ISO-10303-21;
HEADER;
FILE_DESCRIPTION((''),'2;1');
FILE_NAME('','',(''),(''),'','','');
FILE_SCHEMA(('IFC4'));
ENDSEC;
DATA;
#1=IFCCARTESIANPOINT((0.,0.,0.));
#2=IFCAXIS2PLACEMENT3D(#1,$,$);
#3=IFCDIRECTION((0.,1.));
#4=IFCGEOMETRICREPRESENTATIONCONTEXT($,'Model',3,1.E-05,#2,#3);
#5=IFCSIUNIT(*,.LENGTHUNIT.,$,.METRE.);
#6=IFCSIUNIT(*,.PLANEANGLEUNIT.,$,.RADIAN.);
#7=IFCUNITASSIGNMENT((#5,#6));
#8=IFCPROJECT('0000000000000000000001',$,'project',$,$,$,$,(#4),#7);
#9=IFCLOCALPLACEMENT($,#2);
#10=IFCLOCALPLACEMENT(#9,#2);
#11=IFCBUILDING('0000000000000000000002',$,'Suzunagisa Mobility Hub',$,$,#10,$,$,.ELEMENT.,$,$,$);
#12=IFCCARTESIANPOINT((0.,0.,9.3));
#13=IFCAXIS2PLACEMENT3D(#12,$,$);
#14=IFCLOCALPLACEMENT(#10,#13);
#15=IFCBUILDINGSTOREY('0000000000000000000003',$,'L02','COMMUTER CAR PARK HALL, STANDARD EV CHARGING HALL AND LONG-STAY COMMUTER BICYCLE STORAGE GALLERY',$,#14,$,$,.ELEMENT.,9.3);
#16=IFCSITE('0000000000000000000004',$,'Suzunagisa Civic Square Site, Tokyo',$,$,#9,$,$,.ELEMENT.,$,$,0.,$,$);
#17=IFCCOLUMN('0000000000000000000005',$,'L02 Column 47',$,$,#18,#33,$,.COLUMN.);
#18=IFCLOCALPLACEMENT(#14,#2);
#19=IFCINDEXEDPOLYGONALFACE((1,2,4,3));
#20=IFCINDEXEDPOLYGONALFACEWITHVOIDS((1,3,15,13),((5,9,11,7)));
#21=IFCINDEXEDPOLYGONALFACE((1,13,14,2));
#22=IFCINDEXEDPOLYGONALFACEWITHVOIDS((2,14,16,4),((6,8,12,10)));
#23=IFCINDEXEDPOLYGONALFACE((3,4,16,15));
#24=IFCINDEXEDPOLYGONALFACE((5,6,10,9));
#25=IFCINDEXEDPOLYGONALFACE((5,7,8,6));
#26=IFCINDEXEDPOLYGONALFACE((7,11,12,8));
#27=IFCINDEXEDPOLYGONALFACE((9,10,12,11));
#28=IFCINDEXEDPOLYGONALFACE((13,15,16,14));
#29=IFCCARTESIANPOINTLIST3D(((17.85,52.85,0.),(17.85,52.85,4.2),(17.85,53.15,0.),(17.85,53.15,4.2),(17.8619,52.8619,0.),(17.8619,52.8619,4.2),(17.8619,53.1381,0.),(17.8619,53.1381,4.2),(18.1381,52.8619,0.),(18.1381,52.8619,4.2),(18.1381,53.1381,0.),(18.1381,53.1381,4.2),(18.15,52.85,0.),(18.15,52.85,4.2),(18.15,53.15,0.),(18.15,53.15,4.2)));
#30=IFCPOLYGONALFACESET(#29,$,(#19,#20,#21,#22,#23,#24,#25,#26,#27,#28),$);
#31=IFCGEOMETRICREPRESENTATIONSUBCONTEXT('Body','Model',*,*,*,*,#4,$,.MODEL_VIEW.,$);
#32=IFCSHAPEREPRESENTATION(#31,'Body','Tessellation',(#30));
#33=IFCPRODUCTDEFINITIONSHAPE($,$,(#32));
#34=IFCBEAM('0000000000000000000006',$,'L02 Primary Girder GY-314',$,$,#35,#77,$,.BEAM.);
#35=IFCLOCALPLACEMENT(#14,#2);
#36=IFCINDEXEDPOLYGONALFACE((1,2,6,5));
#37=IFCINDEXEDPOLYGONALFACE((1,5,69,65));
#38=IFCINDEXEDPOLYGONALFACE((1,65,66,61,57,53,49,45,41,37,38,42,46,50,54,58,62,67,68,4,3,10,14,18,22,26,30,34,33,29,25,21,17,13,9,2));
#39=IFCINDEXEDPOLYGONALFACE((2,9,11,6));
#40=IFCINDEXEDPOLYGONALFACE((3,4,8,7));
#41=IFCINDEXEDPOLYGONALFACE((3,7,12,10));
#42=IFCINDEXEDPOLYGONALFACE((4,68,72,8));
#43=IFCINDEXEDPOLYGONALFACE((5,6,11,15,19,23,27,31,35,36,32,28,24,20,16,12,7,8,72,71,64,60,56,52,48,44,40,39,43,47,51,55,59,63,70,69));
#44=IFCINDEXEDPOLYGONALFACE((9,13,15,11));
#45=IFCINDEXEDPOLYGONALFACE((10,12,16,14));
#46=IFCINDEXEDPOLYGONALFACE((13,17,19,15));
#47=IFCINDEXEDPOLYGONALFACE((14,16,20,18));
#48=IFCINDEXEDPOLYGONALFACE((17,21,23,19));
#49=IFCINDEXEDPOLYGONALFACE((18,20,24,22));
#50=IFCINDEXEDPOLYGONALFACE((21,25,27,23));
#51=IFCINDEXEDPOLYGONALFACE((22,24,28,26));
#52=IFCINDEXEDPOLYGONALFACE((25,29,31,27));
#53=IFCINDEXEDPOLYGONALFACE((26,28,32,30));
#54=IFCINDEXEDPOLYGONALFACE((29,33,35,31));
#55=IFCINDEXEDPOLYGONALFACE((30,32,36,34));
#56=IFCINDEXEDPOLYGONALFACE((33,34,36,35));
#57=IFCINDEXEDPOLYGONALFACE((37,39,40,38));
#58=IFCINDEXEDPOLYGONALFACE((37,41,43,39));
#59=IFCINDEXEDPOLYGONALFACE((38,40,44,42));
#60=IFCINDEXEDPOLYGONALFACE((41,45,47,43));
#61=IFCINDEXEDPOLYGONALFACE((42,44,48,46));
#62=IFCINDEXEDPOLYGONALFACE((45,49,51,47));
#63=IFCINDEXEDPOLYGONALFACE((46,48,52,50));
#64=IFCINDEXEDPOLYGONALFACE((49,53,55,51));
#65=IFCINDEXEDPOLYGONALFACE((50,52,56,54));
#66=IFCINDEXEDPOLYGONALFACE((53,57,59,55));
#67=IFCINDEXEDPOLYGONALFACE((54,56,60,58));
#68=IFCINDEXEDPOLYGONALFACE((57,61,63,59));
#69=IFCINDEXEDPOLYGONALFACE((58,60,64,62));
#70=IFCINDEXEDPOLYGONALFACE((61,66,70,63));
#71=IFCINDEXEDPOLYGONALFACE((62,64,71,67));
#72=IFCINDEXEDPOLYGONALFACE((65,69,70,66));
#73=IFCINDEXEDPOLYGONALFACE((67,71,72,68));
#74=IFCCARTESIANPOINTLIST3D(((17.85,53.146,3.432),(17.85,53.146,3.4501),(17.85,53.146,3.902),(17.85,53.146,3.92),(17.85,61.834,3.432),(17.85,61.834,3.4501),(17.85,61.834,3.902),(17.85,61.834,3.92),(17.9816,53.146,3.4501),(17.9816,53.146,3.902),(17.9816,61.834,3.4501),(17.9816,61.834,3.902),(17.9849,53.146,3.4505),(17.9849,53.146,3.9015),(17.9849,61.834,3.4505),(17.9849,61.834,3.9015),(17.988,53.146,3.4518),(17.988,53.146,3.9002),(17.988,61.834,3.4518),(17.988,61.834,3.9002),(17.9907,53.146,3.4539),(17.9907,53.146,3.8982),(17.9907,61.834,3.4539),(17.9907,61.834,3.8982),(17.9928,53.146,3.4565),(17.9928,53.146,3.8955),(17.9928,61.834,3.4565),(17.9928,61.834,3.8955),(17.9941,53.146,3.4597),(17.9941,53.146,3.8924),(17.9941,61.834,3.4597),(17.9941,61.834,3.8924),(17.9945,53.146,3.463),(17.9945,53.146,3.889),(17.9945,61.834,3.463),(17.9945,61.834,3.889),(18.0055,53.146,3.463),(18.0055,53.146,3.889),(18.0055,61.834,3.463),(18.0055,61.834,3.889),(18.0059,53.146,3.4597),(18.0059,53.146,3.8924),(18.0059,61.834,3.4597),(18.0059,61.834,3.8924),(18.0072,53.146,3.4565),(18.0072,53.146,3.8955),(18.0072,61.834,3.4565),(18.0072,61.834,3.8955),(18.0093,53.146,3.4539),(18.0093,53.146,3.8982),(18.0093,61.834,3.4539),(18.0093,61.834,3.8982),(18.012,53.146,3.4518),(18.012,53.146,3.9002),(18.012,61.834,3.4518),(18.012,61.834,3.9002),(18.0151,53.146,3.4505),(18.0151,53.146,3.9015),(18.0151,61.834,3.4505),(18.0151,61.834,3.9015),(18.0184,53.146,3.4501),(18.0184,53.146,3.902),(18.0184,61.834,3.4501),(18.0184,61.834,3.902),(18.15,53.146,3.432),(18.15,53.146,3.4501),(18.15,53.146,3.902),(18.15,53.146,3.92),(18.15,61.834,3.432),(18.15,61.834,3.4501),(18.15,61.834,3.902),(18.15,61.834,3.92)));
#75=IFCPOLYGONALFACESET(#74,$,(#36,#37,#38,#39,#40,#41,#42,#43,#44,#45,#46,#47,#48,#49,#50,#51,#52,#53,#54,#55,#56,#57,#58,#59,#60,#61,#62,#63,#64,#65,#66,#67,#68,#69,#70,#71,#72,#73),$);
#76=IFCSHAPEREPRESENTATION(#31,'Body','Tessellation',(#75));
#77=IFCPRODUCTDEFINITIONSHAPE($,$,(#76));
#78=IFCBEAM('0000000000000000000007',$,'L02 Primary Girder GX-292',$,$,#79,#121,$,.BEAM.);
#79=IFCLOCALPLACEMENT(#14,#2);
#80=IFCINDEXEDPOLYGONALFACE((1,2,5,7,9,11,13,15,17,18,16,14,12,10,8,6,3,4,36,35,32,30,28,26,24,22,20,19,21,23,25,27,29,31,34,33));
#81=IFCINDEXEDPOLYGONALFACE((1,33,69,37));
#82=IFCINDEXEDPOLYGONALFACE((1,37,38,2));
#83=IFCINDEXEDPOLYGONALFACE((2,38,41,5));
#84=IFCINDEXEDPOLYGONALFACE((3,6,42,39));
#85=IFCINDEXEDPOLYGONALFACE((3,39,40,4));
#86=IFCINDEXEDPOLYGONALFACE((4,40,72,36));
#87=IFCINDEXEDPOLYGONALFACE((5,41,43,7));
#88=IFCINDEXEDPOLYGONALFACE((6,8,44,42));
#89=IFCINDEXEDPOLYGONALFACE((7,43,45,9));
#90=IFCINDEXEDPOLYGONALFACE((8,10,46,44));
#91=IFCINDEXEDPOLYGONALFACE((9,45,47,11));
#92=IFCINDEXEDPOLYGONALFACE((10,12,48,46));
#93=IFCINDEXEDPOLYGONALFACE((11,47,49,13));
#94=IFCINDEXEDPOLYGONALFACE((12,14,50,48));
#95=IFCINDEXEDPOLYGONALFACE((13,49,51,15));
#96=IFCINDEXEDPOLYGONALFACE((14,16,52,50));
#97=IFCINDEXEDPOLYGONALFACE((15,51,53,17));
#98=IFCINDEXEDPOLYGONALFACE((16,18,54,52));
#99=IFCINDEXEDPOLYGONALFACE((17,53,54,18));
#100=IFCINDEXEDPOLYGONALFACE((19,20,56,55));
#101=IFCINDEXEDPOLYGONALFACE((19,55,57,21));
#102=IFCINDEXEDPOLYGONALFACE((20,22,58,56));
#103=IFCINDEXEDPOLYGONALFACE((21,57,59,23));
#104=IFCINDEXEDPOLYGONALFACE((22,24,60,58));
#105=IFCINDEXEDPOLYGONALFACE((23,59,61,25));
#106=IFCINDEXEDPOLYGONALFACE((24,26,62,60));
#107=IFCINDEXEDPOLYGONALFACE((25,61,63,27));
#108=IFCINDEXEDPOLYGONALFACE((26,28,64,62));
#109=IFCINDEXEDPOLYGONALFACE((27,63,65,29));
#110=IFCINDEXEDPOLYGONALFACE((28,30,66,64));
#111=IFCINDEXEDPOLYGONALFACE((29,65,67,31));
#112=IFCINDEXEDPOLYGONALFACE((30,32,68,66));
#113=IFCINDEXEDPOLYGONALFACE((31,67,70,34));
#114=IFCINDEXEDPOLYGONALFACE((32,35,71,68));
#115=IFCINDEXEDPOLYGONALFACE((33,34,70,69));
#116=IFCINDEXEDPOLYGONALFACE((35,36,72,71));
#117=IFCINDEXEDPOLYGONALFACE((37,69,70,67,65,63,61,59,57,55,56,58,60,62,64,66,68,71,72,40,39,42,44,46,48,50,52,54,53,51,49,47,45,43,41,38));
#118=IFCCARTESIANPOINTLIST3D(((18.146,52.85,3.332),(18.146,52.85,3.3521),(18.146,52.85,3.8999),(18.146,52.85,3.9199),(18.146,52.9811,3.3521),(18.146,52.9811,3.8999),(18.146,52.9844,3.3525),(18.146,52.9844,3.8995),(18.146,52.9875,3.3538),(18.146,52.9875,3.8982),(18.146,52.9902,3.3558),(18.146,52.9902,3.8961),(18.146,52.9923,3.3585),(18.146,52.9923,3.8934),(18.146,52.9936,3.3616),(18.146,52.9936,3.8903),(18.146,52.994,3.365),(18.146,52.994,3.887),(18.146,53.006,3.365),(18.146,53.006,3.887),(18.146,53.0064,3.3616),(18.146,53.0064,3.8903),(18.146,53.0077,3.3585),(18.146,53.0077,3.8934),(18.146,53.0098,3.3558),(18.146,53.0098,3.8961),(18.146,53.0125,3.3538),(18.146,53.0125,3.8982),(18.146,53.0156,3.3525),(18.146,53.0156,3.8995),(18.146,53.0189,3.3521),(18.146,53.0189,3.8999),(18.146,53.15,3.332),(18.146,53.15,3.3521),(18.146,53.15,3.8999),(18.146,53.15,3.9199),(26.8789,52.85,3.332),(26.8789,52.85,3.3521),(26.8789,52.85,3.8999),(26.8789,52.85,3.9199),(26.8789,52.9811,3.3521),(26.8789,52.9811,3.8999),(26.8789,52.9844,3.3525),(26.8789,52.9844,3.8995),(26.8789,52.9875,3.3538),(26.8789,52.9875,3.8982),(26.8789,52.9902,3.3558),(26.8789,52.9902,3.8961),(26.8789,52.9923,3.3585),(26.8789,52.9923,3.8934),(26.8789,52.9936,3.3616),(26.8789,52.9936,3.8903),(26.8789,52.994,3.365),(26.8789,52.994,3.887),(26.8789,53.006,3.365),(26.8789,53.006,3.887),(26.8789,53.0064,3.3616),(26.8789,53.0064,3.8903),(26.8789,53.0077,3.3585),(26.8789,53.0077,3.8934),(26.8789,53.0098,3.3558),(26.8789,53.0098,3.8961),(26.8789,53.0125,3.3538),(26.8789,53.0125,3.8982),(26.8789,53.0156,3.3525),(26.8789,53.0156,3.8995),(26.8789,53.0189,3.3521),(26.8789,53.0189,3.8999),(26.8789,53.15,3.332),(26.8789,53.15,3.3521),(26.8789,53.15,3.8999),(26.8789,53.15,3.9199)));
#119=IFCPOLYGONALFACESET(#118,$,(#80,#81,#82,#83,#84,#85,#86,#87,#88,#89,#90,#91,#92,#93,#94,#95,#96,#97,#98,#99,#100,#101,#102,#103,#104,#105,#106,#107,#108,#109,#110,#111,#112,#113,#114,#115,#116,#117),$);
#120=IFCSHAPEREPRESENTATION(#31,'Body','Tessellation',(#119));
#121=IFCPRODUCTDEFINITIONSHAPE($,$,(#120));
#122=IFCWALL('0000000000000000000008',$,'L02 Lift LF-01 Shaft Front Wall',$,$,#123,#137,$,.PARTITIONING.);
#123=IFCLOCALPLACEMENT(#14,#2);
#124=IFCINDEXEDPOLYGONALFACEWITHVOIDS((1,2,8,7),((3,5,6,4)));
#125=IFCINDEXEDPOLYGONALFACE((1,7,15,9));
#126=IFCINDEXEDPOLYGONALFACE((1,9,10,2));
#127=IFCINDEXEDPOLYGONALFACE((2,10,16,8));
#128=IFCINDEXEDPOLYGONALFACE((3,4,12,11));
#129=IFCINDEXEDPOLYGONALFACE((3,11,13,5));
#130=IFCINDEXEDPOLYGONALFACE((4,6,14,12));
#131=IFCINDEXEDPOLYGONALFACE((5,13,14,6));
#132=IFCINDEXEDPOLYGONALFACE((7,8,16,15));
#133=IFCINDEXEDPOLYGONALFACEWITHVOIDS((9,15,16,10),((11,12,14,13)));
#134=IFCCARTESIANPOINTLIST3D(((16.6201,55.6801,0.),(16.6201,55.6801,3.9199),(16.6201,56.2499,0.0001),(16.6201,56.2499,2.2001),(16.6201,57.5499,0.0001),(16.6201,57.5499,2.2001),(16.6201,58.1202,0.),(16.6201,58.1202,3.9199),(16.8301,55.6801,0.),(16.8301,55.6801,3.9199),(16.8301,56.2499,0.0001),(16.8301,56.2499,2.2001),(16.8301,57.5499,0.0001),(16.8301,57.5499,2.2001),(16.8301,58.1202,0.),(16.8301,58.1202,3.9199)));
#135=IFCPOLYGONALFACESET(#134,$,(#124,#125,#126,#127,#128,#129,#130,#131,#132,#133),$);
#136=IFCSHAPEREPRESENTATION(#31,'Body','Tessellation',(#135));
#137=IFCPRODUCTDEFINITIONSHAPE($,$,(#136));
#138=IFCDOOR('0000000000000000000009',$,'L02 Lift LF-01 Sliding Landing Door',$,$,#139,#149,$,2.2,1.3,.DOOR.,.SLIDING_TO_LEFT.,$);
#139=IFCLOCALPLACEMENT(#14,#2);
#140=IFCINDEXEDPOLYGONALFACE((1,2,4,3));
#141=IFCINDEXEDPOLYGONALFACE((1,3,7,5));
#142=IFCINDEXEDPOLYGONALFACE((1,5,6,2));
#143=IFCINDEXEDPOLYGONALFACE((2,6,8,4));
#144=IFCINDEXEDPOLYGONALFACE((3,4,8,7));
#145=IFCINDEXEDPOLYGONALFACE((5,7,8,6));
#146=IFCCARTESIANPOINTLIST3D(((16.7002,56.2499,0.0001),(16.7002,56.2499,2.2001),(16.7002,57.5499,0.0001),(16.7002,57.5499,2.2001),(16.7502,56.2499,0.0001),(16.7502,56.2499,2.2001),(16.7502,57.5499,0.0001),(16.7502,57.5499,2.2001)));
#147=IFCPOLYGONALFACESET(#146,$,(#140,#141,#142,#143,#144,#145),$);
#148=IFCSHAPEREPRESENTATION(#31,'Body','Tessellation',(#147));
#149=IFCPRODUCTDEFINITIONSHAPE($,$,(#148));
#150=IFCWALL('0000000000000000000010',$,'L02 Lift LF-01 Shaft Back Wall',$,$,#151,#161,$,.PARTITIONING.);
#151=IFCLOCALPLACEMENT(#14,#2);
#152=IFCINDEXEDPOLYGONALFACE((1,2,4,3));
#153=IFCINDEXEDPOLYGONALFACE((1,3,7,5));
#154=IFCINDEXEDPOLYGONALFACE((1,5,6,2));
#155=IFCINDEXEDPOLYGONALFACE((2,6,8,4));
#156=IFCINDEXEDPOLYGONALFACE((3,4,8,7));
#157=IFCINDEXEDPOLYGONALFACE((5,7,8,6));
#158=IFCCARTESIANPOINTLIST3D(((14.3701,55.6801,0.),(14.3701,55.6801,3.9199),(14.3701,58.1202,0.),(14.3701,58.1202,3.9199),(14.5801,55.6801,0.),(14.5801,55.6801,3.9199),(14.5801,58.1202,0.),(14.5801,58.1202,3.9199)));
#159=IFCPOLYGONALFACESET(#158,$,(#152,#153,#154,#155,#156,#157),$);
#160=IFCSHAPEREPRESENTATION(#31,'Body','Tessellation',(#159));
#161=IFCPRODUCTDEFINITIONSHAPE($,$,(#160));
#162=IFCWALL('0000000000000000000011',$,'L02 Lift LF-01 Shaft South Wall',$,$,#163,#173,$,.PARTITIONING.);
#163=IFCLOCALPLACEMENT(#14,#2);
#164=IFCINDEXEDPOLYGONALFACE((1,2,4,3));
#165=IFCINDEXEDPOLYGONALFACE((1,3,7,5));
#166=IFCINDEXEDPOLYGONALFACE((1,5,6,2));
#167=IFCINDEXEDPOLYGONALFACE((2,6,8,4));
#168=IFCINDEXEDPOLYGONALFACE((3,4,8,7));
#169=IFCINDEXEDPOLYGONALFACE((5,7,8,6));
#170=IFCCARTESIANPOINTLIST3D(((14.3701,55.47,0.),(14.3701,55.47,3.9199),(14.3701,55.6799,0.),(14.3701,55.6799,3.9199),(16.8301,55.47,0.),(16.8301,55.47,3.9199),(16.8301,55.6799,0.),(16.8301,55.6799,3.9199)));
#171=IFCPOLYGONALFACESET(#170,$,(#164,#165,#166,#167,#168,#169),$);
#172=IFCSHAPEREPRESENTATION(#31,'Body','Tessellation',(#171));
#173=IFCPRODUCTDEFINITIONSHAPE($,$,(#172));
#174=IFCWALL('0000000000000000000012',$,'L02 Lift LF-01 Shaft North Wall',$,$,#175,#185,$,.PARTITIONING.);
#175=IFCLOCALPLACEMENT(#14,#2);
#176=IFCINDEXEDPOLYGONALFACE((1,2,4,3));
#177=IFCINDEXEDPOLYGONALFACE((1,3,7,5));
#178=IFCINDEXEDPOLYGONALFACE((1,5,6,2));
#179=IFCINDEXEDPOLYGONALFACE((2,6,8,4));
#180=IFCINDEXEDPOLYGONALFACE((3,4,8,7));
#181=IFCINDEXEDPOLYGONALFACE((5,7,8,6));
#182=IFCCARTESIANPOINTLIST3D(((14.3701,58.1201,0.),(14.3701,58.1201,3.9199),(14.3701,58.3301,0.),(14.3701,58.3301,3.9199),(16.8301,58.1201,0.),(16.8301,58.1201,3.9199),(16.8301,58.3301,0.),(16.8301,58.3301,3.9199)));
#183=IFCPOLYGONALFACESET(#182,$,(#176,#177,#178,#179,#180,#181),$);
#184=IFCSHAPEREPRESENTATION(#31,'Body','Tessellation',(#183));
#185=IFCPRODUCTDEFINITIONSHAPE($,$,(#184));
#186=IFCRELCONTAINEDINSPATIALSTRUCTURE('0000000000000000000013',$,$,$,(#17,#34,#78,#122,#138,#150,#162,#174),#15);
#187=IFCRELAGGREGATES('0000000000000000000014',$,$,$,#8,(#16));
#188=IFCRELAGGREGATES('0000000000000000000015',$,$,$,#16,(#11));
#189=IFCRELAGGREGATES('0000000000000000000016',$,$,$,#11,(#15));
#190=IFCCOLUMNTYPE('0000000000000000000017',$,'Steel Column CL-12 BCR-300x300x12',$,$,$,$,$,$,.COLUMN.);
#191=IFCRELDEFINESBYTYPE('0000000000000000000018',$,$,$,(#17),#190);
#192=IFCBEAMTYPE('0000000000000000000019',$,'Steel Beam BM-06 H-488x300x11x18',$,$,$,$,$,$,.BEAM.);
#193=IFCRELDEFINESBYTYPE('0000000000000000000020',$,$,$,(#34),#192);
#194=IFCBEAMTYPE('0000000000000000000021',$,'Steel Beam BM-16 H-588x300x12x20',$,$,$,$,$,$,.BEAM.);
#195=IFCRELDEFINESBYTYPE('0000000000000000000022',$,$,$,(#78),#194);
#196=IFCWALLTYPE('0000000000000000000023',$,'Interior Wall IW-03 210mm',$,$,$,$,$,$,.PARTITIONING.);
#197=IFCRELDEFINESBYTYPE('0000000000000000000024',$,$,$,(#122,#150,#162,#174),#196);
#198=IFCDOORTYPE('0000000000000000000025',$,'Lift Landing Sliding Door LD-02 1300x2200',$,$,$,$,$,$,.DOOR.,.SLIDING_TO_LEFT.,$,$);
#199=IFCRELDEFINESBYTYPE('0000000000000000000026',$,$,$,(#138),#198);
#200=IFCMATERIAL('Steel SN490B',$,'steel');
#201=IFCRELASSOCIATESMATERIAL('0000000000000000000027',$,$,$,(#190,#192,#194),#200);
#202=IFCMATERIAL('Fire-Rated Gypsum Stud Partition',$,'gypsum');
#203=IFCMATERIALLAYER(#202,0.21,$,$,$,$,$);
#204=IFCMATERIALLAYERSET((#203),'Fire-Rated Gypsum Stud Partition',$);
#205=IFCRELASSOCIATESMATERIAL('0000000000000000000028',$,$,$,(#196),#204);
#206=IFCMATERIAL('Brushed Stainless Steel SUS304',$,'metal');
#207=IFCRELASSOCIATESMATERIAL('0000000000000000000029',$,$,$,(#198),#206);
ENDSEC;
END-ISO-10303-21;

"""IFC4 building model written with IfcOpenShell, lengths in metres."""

from ifc_helpers import new_model, si_unit, direction, frame, frame_2d, origin, origin_2d, place, context, subcontext, project, spatial, rectangle, hollow_rectangle, i_section, extrude, material, layer, layer_set, material_profile, profile_set, type_object, element, fill, save


model = new_model("IFC4")

# Units and contexts
model_context = context("Model", 3, precision=1e-05, world=origin(), true_north=direction((0.0, 1.0)))
body_context = subcontext(model_context, "Body", "Model", "MODEL_VIEW")
ifc_project = project(units=[si_unit("LENGTHUNIT", "METRE"), si_unit("PLANEANGLEUNIT", "RADIAN")], contexts=[model_context])

# Site, building, storey
site_placement = place(None, origin())
site = spatial("IfcSite", under=ifc_project, at=site_placement, Name="Suzunagisa Civic Square Site, Tokyo", CompositionType="ELEMENT", RefElevation=0.0)
building_placement = place(site_placement, origin())
building = spatial("IfcBuilding", under=site, at=building_placement, Name="Suzunagisa Mobility Hub", CompositionType="ELEMENT")
storey_placement = place(building_placement, frame((0.0, 0.0, 9.3)))
storey = spatial("IfcBuildingStorey", under=building, at=storey_placement, Name="L02", Description="COMMUTER CAR PARK HALL, STANDARD EV CHARGING HALL AND LONG-STAY COMMUTER BICYCLE STORAGE GALLERY", CompositionType="ELEMENT", Elevation=9.3)

# Column
ifc_material_1 = material(Name="Steel SN490B", Category="steel")
ifc_material_profile_1 = material_profile(ifc_material_1, hollow_rectangle(XDim=0.3, YDim=0.3, WallThickness=0.012, at=origin_2d()), Name="BCR-300x300x12")
ifc_profile_set_1 = profile_set([ifc_material_profile_1], Name="Steel SN490B")
column_type = type_object("IfcColumnType", Name="Steel Column CL-12 BCR-300x300x12", PredefinedType="COLUMN", material=ifc_profile_set_1)
column_placement = place(storey_placement, frame((18.0, 53.0, 0.0), z_axis=(0.0, 0.0, 1.0), x_axis=(1.0, 0.0, 0.0)))
element("IfcColumn", 1, at=column_placement, inside=storey, type_object=column_type, Name="L02 Column 47", PredefinedType="COLUMN", context=body_context, shape_type="SweptSolid", body=[
    extrude(hollow_rectangle(XDim=0.3, YDim=0.3, WallThickness=0.012, at=origin_2d()), origin(), (0.0, 0.0, 1.0), 4.2),
])

# Beams
ifc_material_profile_2 = material_profile(ifc_material_1, i_section(OverallWidth=0.3, OverallDepth=0.488, WebThickness=0.011, FlangeThickness=0.0181, FilletRadius=0.0129, at=origin_2d()), Name="H-488x300x11x18")
ifc_profile_set_2 = profile_set([ifc_material_profile_2], Name="Steel SN490B")
beam_type_1 = type_object("IfcBeamType", Name="Steel Beam BM-06 H-488x300x11x18", PredefinedType="BEAM", material=ifc_profile_set_2)
beam_1_placement = place(storey_placement, frame((18.0, 53.146, 3.676), z_axis=(0.0, 1.0, 0.0), x_axis=(-1.0, 0.0, 0.0)))
element("IfcBeam", 2, at=beam_1_placement, inside=storey, type_object=beam_type_1, Name="L02 Primary Girder GY-314", PredefinedType="BEAM", context=body_context, shape_type="SweptSolid", body=[
    extrude(i_section(OverallWidth=0.3, OverallDepth=0.488, WebThickness=0.011, FlangeThickness=0.0181, FilletRadius=0.0129, at=origin_2d()), origin(), (0.0, 0.0, 1.0), 8.688),
])
ifc_material_profile_3 = material_profile(ifc_material_1, i_section(OverallWidth=0.3, OverallDepth=0.5879, WebThickness=0.012, FlangeThickness=0.02, FilletRadius=0.0129, at=origin_2d()), Name="H-588x300x12x20")
ifc_profile_set_3 = profile_set([ifc_material_profile_3], Name="Steel SN490B")
beam_type_2 = type_object("IfcBeamType", Name="Steel Beam BM-16 H-588x300x12x20", PredefinedType="BEAM", material=ifc_profile_set_3)
beam_2_placement = place(storey_placement, frame((18.146, 53.0, 3.626), z_axis=(1.0, 0.0, 0.0), x_axis=(0.0, 1.0, 0.0)))
element("IfcBeam", 3, at=beam_2_placement, inside=storey, type_object=beam_type_2, Name="L02 Primary Girder GX-292", PredefinedType="BEAM", context=body_context, shape_type="SweptSolid", body=[
    extrude(i_section(OverallWidth=0.3, OverallDepth=0.5879, WebThickness=0.012, FlangeThickness=0.02, FilletRadius=0.0129, at=origin_2d()), origin(), (0.0, 0.0, 1.0), 8.7329),
])

# Wall, opening, door
ifc_material_2 = material(Name="Fire-Rated Gypsum Stud Partition", Category="gypsum")
ifc_layer_1 = layer(ifc_material_2, 0.21)
ifc_layer_set_1 = layer_set([ifc_layer_1], Name="Fire-Rated Gypsum Stud Partition")
wall_type_1 = type_object("IfcWallType", Name="Interior Wall IW-03 210mm", PredefinedType="PARTITIONING", material=ifc_layer_set_1)
wall_1_placement = place(storey_placement, frame((16.7251, 55.6799, 0.0), z_axis=(0.0, 0.0, 1.0), x_axis=(0.0, 1.0, 0.0)))
wall_1 = element("IfcWall", 4, at=wall_1_placement, inside=storey, type_object=wall_type_1, Name="L02 Lift LF-01 Shaft Front Wall", PredefinedType="PARTITIONING", context=body_context, shape_type="SweptSolid", body=[
    extrude(rectangle(XDim=2.4402, YDim=0.21, at=frame_2d((1.2202, 0.0))), origin(), (0.0, 0.0, 1.0), 3.9199),
])
opening_1_placement = place(wall_1_placement, frame((0.5701, 0.0, 0.0)))
opening_1 = element("IfcOpeningElement", 5, at=opening_1_placement, cuts=wall_1, PredefinedType="OPENING", context=body_context, shape_type="SweptSolid", body=[
    extrude(rectangle(XDim=1.3, YDim=2.2, at=frame_2d((0.6499, 1.1001))), frame((0.0, 0.116, 0.0), z_axis=(0.0, -1.0, 0.0), x_axis=(1.0, 0.0, 0.0)), (0.0, 0.0, 1.0), 0.2319),
])
ifc_material_3 = material(Name="Brushed Stainless Steel SUS304", Category="metal")
door_type_1 = type_object("IfcDoorType", Name="Lift Landing Sliding Door LD-02 1300x2200", OperationType="SLIDING_TO_LEFT", PredefinedType="DOOR", material=ifc_material_3)
door_1_placement = place(opening_1_placement, origin())
door_1 = element("IfcDoor", 6, at=door_1_placement, inside=storey, type_object=door_type_1, Name="L02 Lift LF-01 Sliding Landing Door", OperationType="SLIDING_TO_LEFT", OverallHeight=2.2, OverallWidth=1.3, PredefinedType="DOOR", context=body_context, shape_type="SweptSolid", body=[
    extrude(rectangle(XDim=1.3, YDim=2.2, at=frame_2d((0.6499, 1.1001))), frame((0.0, 0.0249, 0.0), z_axis=(0.0, -1.0, 0.0), x_axis=(1.0, 0.0, 0.0)), (0.0, 0.0, 1.0), 0.05),
])
fill(opening_1, door_1)

# Walls
wall_2_placement = place(storey_placement, frame((14.4751, 55.6799, 0.0), z_axis=(0.0, 0.0, 1.0), x_axis=(0.0, 1.0, 0.0)))
element("IfcWall", 7, at=wall_2_placement, inside=storey, type_object=wall_type_1, Name="L02 Lift LF-01 Shaft Back Wall", PredefinedType="PARTITIONING", context=body_context, shape_type="SweptSolid", body=[
    extrude(rectangle(XDim=2.4402, YDim=0.21, at=frame_2d((1.2202, 0.0))), origin(), (0.0, 0.0, 1.0), 3.9199),
])
for number, where, z_axis, x_axis, name in (
    (8, (14.3701, 55.575, 0.0), (0.0, 0.0, 1.0), (1.0, 0.0, 0.0), "L02 Lift LF-01 Shaft South Wall"),
    (9, (14.3701, 58.2251, 0.0), (0.0, 0.0, 1.0), (1.0, 0.0, 0.0), "L02 Lift LF-01 Shaft North Wall"),
):
    element("IfcWall", number, at=place(storey_placement, frame(where, z_axis=z_axis, x_axis=x_axis)), inside=storey, type_object=wall_type_1, Name=name, PredefinedType="PARTITIONING", context=body_context, shape_type="SweptSolid", body=[
        extrude(rectangle(XDim=2.46, YDim=0.21, at=frame_2d((1.23, 0.0))), origin(), (0.0, 0.0, 1.0), 3.9199),
    ])

save(model, "model.ifc")
